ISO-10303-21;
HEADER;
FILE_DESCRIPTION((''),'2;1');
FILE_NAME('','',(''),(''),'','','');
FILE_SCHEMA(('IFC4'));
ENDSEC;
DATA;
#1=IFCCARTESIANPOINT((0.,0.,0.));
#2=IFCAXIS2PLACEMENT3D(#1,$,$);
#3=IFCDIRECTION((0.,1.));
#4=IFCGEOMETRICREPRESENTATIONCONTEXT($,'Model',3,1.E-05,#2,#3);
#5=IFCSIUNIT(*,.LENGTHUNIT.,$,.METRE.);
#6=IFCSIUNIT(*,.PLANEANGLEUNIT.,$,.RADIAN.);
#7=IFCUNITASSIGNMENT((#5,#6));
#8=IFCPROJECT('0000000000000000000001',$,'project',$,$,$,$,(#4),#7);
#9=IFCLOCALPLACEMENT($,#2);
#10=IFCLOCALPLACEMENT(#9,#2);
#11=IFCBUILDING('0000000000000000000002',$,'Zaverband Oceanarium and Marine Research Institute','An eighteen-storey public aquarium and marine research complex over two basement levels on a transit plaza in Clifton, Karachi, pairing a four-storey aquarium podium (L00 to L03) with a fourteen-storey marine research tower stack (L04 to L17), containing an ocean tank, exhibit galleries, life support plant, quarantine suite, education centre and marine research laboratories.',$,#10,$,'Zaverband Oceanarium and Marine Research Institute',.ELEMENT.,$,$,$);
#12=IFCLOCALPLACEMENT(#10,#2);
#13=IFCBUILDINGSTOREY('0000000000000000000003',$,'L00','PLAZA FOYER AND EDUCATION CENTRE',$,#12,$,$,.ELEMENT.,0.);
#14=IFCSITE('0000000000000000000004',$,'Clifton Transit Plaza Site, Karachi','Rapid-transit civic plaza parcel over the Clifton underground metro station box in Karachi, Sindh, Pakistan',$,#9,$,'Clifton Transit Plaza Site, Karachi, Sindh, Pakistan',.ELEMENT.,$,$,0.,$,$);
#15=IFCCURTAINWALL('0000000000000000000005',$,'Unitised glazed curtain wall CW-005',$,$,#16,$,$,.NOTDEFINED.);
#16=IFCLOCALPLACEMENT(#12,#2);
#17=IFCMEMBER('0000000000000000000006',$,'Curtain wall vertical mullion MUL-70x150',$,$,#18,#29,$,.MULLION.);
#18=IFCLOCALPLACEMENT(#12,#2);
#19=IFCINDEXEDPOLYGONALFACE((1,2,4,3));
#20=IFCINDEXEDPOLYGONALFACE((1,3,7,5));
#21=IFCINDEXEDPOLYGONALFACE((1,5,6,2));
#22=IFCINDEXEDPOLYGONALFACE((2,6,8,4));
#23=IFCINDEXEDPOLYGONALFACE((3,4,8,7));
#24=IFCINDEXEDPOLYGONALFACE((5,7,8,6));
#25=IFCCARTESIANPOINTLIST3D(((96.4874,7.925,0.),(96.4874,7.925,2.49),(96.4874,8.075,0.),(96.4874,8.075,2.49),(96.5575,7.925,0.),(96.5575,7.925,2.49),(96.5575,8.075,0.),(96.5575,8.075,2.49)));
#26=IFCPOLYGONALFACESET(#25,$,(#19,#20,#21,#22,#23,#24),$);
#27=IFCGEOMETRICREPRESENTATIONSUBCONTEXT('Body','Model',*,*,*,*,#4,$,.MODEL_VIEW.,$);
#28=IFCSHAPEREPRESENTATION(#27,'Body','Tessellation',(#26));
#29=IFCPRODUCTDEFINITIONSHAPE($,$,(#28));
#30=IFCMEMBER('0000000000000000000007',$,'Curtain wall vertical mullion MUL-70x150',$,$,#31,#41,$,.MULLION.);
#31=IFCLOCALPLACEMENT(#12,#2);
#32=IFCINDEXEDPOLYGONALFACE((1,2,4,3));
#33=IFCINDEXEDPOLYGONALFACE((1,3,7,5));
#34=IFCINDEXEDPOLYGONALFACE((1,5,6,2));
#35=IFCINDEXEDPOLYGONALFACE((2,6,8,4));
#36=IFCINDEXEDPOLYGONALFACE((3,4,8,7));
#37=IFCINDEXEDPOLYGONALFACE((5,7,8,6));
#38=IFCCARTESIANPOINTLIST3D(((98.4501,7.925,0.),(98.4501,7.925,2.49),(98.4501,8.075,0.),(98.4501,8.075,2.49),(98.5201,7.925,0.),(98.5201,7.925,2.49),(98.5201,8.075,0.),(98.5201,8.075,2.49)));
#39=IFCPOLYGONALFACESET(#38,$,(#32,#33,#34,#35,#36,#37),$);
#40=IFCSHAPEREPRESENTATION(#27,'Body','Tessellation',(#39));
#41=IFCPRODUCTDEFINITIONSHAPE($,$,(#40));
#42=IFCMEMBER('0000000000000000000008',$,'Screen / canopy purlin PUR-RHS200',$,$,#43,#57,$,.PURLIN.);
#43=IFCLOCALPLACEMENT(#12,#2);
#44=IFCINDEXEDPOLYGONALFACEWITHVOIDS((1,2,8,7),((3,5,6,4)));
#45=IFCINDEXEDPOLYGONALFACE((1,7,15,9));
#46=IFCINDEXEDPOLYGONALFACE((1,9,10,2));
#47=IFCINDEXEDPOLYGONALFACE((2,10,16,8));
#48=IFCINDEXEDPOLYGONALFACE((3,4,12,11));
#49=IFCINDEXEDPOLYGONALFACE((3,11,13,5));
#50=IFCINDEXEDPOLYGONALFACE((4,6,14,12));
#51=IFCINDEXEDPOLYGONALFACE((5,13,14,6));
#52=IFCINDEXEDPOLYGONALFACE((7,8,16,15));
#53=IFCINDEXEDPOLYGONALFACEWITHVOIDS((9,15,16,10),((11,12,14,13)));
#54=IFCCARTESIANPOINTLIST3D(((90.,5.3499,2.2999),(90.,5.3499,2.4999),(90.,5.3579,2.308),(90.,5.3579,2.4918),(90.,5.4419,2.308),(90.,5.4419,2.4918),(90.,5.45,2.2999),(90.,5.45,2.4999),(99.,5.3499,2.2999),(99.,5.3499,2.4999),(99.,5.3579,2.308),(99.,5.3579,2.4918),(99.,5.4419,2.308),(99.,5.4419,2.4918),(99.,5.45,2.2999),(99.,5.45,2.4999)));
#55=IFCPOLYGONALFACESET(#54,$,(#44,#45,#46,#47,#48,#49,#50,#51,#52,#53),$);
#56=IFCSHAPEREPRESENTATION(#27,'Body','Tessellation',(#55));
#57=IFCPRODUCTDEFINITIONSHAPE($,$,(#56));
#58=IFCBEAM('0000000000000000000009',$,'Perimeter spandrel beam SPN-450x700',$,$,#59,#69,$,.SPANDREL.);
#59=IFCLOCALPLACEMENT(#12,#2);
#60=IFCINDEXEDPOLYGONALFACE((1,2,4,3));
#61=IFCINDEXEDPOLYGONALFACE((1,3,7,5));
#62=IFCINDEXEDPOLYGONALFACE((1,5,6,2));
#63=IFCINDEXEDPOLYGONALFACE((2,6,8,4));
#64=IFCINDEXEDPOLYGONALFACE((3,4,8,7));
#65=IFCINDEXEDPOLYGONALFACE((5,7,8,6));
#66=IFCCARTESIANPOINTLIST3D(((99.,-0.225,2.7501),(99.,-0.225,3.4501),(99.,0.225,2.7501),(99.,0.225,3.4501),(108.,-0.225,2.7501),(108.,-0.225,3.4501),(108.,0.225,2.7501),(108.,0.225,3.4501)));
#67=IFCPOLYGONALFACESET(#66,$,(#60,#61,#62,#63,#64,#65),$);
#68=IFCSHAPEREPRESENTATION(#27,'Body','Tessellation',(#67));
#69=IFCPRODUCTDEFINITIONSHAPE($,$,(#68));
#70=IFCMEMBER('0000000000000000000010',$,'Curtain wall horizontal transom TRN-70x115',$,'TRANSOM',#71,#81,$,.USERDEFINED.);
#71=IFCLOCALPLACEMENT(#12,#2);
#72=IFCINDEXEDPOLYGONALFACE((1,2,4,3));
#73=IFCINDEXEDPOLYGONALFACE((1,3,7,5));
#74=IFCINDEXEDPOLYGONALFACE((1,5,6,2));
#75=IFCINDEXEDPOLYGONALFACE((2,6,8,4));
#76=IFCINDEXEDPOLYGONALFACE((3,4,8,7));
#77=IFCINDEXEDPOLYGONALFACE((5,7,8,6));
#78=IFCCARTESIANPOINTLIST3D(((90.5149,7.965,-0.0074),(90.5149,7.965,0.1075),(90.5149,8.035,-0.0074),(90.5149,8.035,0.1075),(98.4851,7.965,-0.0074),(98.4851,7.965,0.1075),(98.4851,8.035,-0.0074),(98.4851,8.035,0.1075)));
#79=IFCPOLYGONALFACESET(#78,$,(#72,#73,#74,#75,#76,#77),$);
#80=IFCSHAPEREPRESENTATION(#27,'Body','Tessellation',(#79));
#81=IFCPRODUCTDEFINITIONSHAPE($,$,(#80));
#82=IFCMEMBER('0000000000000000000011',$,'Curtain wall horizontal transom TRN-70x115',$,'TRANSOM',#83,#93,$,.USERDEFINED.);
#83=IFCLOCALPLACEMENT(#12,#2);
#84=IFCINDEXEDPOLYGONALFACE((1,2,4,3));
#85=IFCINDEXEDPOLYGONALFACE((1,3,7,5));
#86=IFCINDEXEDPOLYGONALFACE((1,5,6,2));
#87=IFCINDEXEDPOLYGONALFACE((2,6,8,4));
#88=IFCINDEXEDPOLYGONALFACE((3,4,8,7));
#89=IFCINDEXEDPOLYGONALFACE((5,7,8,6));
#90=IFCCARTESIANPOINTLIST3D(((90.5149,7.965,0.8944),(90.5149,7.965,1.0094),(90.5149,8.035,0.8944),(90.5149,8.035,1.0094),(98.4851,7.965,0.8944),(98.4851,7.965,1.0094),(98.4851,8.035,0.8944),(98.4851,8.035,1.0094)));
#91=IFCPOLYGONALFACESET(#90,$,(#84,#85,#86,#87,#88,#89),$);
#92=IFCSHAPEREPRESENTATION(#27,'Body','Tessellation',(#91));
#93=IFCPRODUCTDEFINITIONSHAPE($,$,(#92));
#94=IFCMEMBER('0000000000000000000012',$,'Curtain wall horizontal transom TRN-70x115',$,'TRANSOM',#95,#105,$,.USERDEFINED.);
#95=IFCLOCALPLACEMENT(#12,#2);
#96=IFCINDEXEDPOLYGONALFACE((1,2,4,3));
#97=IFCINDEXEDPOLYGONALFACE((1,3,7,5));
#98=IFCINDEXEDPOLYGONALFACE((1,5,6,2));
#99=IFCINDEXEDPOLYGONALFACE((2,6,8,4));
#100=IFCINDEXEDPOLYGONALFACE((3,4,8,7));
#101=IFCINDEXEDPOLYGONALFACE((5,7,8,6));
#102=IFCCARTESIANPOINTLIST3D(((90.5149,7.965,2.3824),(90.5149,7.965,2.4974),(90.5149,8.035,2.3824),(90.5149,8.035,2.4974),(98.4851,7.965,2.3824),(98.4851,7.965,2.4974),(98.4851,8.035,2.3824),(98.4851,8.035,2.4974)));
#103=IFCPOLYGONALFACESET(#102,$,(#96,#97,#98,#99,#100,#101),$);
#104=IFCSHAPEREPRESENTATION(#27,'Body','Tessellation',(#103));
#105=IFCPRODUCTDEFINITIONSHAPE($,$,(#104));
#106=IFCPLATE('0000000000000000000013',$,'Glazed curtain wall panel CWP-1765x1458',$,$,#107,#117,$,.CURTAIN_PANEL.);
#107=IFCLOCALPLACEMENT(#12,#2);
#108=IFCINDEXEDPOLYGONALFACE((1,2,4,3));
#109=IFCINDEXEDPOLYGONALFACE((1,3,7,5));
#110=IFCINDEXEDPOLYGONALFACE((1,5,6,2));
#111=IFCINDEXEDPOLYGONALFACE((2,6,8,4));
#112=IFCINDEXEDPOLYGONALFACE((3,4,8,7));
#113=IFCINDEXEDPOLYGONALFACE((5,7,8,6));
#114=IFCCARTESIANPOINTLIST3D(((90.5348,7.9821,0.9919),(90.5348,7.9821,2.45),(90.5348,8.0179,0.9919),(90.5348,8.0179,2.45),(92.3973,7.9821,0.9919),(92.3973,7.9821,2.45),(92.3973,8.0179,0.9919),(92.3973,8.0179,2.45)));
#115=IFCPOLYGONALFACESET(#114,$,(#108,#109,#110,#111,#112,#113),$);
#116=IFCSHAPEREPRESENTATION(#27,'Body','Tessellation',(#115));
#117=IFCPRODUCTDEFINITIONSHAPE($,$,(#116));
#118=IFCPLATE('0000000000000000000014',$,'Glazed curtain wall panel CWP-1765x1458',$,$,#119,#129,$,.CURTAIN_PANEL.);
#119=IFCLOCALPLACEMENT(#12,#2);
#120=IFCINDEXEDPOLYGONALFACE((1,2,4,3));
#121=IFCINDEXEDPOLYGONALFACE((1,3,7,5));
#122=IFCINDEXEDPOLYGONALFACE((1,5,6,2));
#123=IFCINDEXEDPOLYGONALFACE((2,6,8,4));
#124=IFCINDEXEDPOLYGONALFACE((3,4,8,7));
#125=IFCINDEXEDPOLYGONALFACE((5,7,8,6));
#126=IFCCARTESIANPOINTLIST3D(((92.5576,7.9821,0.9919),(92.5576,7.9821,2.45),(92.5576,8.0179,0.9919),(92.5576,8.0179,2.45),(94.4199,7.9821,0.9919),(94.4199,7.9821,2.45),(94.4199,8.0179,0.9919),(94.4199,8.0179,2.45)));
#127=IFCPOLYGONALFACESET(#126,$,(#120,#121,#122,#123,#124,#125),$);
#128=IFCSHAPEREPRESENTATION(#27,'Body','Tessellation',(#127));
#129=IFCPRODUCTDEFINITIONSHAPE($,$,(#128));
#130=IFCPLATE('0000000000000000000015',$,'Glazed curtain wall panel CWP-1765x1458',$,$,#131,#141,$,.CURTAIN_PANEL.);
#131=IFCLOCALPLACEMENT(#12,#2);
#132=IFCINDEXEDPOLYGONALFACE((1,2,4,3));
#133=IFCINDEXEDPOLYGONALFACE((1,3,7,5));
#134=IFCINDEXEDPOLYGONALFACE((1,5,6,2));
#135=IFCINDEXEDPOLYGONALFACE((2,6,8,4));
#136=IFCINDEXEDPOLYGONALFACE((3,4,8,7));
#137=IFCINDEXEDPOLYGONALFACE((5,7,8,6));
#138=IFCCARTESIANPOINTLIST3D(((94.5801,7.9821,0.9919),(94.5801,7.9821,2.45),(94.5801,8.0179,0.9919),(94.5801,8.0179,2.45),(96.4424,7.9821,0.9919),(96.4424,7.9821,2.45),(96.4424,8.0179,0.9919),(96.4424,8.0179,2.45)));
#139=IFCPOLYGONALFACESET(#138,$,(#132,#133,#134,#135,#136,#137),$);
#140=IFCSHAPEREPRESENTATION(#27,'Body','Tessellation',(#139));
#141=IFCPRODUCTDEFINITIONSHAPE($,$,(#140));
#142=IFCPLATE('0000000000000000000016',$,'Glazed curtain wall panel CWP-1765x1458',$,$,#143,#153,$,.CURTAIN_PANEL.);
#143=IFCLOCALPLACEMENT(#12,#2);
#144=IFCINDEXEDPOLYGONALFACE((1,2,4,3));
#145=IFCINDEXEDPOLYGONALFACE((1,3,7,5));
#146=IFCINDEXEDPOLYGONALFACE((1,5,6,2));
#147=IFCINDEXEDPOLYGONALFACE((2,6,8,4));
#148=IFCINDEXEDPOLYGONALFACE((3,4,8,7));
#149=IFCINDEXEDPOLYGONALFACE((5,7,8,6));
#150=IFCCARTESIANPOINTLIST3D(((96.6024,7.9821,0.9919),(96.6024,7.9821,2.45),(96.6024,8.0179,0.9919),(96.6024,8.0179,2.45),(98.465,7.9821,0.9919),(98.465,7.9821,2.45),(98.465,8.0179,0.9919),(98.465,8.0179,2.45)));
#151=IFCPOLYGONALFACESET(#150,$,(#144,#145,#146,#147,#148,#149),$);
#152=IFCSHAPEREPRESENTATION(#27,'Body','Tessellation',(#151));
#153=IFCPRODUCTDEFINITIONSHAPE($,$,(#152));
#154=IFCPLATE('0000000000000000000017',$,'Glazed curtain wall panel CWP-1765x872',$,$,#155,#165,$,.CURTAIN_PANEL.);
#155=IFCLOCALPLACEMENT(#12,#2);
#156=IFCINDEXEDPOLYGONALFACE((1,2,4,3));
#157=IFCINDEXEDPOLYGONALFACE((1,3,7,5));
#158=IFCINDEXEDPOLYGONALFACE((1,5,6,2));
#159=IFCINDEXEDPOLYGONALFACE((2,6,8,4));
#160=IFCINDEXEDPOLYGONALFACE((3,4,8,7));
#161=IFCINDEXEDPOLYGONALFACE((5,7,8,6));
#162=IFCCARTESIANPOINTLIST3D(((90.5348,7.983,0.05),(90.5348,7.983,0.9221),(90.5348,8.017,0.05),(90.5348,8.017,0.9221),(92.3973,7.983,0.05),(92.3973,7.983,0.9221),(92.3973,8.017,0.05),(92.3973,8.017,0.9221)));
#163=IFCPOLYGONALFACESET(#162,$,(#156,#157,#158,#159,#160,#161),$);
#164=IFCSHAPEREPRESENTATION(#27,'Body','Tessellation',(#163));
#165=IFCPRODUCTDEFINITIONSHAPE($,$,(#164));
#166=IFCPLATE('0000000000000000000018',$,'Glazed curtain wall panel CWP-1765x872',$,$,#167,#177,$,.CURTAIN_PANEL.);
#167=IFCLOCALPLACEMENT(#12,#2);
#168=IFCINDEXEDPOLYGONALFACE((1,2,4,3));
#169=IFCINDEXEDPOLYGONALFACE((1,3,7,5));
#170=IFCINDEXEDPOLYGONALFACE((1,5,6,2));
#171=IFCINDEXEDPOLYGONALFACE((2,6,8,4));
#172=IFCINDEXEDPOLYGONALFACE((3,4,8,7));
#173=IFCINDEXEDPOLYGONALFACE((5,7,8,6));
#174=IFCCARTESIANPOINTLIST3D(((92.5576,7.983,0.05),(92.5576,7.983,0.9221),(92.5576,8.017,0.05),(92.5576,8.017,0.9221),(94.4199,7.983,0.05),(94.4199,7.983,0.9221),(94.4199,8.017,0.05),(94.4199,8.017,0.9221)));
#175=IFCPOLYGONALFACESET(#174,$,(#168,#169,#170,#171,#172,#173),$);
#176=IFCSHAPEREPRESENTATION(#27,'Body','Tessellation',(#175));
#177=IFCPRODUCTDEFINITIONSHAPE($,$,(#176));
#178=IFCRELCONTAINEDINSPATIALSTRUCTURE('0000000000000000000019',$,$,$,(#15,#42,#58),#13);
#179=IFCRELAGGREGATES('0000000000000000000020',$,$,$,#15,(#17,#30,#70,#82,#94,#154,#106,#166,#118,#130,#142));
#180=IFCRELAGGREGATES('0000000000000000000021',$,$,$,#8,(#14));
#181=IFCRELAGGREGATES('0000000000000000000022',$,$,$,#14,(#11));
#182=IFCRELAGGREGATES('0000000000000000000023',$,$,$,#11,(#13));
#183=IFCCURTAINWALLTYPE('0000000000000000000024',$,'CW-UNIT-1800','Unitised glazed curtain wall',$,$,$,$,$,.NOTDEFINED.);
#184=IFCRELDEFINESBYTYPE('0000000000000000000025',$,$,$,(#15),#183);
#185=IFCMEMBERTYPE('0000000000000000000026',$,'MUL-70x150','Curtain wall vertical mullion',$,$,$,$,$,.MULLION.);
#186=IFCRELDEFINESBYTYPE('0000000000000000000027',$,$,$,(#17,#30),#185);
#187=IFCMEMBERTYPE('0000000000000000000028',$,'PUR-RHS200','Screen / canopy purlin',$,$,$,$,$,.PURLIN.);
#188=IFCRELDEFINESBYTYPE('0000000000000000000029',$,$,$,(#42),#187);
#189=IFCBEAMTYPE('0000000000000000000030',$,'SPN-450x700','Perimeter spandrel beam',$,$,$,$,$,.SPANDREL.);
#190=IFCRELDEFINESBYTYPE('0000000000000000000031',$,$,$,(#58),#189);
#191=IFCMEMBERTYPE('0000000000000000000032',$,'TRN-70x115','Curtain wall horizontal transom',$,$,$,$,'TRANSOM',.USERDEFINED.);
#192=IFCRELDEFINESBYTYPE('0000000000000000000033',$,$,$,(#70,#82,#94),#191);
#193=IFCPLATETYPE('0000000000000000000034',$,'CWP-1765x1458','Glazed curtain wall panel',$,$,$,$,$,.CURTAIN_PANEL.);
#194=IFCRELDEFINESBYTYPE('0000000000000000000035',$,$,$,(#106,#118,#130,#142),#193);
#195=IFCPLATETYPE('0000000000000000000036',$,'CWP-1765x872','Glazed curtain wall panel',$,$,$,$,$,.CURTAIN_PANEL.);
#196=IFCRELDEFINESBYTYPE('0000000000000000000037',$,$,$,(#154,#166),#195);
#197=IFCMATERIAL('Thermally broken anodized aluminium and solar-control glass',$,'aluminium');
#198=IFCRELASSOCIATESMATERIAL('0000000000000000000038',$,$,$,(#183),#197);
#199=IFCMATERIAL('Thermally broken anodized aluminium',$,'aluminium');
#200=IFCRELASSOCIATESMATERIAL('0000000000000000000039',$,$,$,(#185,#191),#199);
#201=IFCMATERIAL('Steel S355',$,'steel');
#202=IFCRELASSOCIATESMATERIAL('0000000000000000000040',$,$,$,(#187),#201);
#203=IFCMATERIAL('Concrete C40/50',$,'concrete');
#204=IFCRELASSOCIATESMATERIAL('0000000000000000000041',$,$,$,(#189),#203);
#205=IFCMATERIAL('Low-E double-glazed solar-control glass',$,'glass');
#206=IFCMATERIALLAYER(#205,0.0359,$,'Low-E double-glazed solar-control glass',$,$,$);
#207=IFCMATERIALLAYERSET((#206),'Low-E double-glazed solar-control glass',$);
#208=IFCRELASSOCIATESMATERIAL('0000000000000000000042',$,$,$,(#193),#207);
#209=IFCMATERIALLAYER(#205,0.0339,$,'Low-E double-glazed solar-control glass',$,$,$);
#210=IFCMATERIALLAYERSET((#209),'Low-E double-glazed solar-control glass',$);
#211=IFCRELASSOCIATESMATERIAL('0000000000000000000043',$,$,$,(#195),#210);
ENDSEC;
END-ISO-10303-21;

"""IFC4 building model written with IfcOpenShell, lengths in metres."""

from ifc_helpers import new_model, si_unit, direction, frame, frame_2d, origin, origin_2d, place, context, subcontext, project, spatial, rectangle, hollow_rectangle, extrude, material, layer, layer_set, material_profile, profile_set, type_object, element, aggregate, save


model = new_model("IFC4")

# Units and contexts
model_context = context("Model", 3, precision=1e-05, world=origin(), true_north=direction((0.0, 1.0)))
body_context = subcontext(model_context, "Body", "Model", "MODEL_VIEW")
ifc_project = project(units=[si_unit("LENGTHUNIT", "METRE"), si_unit("PLANEANGLEUNIT", "RADIAN")], contexts=[model_context])

# Site, building, storey
site_placement = place(None, origin())
site = spatial("IfcSite", under=ifc_project, at=site_placement, Name="Clifton Transit Plaza Site, Karachi", Description="Rapid-transit civic plaza parcel over the Clifton underground metro station box in Karachi, Sindh, Pakistan", LongName="Clifton Transit Plaza Site, Karachi, Sindh, Pakistan", CompositionType="ELEMENT", RefElevation=0.0)
building_placement = place(site_placement, origin())
building = spatial("IfcBuilding", under=site, at=building_placement, Name="Zaverband Oceanarium and Marine Research Institute", Description="An eighteen-storey public aquarium and marine research complex over two basement levels on a transit plaza in Clifton, Karachi, pairing a four-storey aquarium podium (L00 to L03) with a fourteen-storey marine research tower stack (L04 to L17), containing an ocean tank, exhibit galleries, life support plant, quarantine suite, education centre and marine research laboratories.", LongName="Zaverband Oceanarium and Marine Research Institute", CompositionType="ELEMENT")
storey_placement = place(building_placement, origin())
storey = spatial("IfcBuildingStorey", under=building, at=storey_placement, Name="L00", Description="PLAZA FOYER AND EDUCATION CENTRE", CompositionType="ELEMENT", Elevation=0.0)

# Shared definitions
ifc_material_1 = material(Name="Concrete C40/50", Category="concrete")

# Shared definitions
ifc_material_2 = material(Name="Steel S355", Category="steel")

# Curtain wall, members
ifc_material_3 = material(Name="Thermally broken anodized aluminium and solar-control glass", Category="aluminium")
curtain_wall_type = type_object("IfcCurtainWallType", Name="CW-UNIT-1800", Description="Unitised glazed curtain wall", PredefinedType="NOTDEFINED", material=ifc_material_3)
curtain_wall_placement = place(storey_placement, origin())
curtain_wall = element("IfcCurtainWall", 1, at=curtain_wall_placement, inside=storey, type_object=curtain_wall_type, Name="Unitised glazed curtain wall CW-005", PredefinedType="NOTDEFINED")
ifc_material_4 = material(Name="Thermally broken anodized aluminium", Category="aluminium")
ifc_material_profile_1 = material_profile(ifc_material_4, rectangle(XDim=0.0701, YDim=0.1499, at=origin_2d()), Name="AL-MUL-70x150")
ifc_profile_set_1 = profile_set([ifc_material_profile_1], Name="Thermally broken anodized aluminium")
member_type_1 = type_object("IfcMemberType", Name="MUL-70x150", Description="Curtain wall vertical mullion", PredefinedType="MULLION", material=ifc_profile_set_1)
member_1_placement = place(storey_placement, frame((96.5225, 8.0, 0.0), z_axis=(0.0, 0.0, 1.0), x_axis=(1.0, 0.0, 0.0)))
member_1 = element("IfcMember", 2, at=member_1_placement, type_object=member_type_1, Name="Curtain wall vertical mullion MUL-70x150", PredefinedType="MULLION", context=body_context, shape_type="SweptSolid", body=[
    extrude(rectangle(XDim=0.0701, YDim=0.1499, at=origin_2d()), origin(), (0.0, 0.0, 1.0), 2.49),
])
member_2_placement = place(storey_placement, frame((98.4851, 8.0, 0.0), z_axis=(0.0, 0.0, 1.0), x_axis=(1.0, 0.0, 0.0)))
member_2 = element("IfcMember", 3, at=member_2_placement, type_object=member_type_1, Name="Curtain wall vertical mullion MUL-70x150", PredefinedType="MULLION", context=body_context, shape_type="SweptSolid", body=[
    extrude(rectangle(XDim=0.0701, YDim=0.1499, at=origin_2d()), origin(), (0.0, 0.0, 1.0), 2.49),
])

# Member
ifc_material_profile_2 = material_profile(ifc_material_2, hollow_rectangle(XDim=0.1001, YDim=0.2, WallThickness=0.0081, at=origin_2d()), Name="RHS200x100x8")
ifc_profile_set_2 = profile_set([ifc_material_profile_2], Name="Steel S355")
member_type_2 = type_object("IfcMemberType", Name="PUR-RHS200", Description="Screen / canopy purlin", PredefinedType="PURLIN", material=ifc_profile_set_2)
member_3_placement = place(storey_placement, frame((90.0, 5.3999, 2.3999), z_axis=(1.0, 0.0, 0.0), x_axis=(0.0, 1.0, 0.0)))
element("IfcMember", 4, at=member_3_placement, inside=storey, type_object=member_type_2, Name="Screen / canopy purlin PUR-RHS200", PredefinedType="PURLIN", context=body_context, shape_type="SweptSolid", body=[
    extrude(hollow_rectangle(XDim=0.1001, YDim=0.2, WallThickness=0.0081, at=origin_2d()), origin(), (0.0, 0.0, 1.0), 9.0),
])

# Beam
ifc_material_profile_3 = material_profile(ifc_material_1, rectangle(XDim=0.45, YDim=0.7, at=origin_2d()), Name="RC450x700")
ifc_profile_set_3 = profile_set([ifc_material_profile_3], Name="Concrete C40/50")
beam_type_1 = type_object("IfcBeamType", Name="SPN-450x700", Description="Perimeter spandrel beam", PredefinedType="SPANDREL", material=ifc_profile_set_3)
beam_1_placement = place(storey_placement, frame((99.0, 0.0, 3.1001), z_axis=(1.0, 0.0, 0.0), x_axis=(0.0, 1.0, 0.0)))
element("IfcBeam", 5, at=beam_1_placement, inside=storey, type_object=beam_type_1, Name="Perimeter spandrel beam SPN-450x700", PredefinedType="SPANDREL", context=body_context, shape_type="SweptSolid", body=[
    extrude(rectangle(XDim=0.45, YDim=0.7, at=origin_2d()), origin(), (0.0, 0.0, 1.0), 9.0),
])

# Members
ifc_material_profile_4 = material_profile(ifc_material_4, rectangle(XDim=0.0701, YDim=0.115, at=origin_2d()), Name="AL-TRN-70x115")
ifc_profile_set_4 = profile_set([ifc_material_profile_4], Name="Thermally broken anodized aluminium")
member_type_3 = type_object("IfcMemberType", Name="TRN-70x115", Description="Curtain wall horizontal transom", ElementType="TRANSOM", PredefinedType="USERDEFINED", material=ifc_profile_set_4)
member_4_placement = place(storey_placement, frame((90.5149, 8.0, 0.05), z_axis=(1.0, 0.0, 0.0), x_axis=(0.0, 1.0, 0.0)))
member_4 = element("IfcMember", 6, at=member_4_placement, type_object=member_type_3, Name="Curtain wall horizontal transom TRN-70x115", ObjectType="TRANSOM", PredefinedType="USERDEFINED", context=body_context, shape_type="SweptSolid", body=[
    extrude(rectangle(XDim=0.0701, YDim=0.115, at=origin_2d()), origin(), (0.0, 0.0, 1.0), 7.9702),
])
member_5_placement = place(storey_placement, frame((90.5149, 8.0, 0.9519), z_axis=(1.0, 0.0, 0.0), x_axis=(0.0, 1.0, 0.0)))
member_5 = element("IfcMember", 7, at=member_5_placement, type_object=member_type_3, Name="Curtain wall horizontal transom TRN-70x115", ObjectType="TRANSOM", PredefinedType="USERDEFINED", context=body_context, shape_type="SweptSolid", body=[
    extrude(rectangle(XDim=0.0701, YDim=0.115, at=origin_2d()), origin(), (0.0, 0.0, 1.0), 7.9702),
])
member_6_placement = place(storey_placement, frame((90.5149, 8.0, 2.4399), z_axis=(1.0, 0.0, 0.0), x_axis=(0.0, 1.0, 0.0)))
member_6 = element("IfcMember", 8, at=member_6_placement, type_object=member_type_3, Name="Curtain wall horizontal transom TRN-70x115", ObjectType="TRANSOM", PredefinedType="USERDEFINED", context=body_context, shape_type="SweptSolid", body=[
    extrude(rectangle(XDim=0.0701, YDim=0.115, at=origin_2d()), origin(), (0.0, 0.0, 1.0), 7.9702),
])

# Plates
ifc_material_5 = material(Name="Low-E double-glazed solar-control glass", Category="glass")
ifc_layer_1 = layer(ifc_material_5, 0.0359, Name="Low-E double-glazed solar-control glass")
ifc_layer_set_1 = layer_set([ifc_layer_1], Name="Low-E double-glazed solar-control glass")
plate_type_1 = type_object("IfcPlateType", Name="CWP-1765x1458", Description="Glazed curtain wall panel", PredefinedType="CURTAIN_PANEL", material=ifc_layer_set_1)
plate_1_placement = place(storey_placement, frame((90.5349, 8.0, 0.9919), z_axis=(0.0, 0.0, 1.0), x_axis=(1.0, 0.0, 0.0)))
plate_1 = element("IfcPlate", 9, at=plate_1_placement, type_object=plate_type_1, Name="Glazed curtain wall panel CWP-1765x1458", PredefinedType="CURTAIN_PANEL", context=body_context, shape_type="SweptSolid", body=[
    extrude(rectangle(XDim=1.8625, YDim=0.0359, at=frame_2d((0.9312, 0.0))), origin(), (0.0, 0.0, 1.0), 1.458),
])
plate_2_placement = place(storey_placement, frame((92.5576, 8.0, 0.9919), z_axis=(0.0, 0.0, 1.0), x_axis=(1.0, 0.0, 0.0)))
plate_2 = element("IfcPlate", 10, at=plate_2_placement, type_object=plate_type_1, Name="Glazed curtain wall panel CWP-1765x1458", PredefinedType="CURTAIN_PANEL", context=body_context, shape_type="SweptSolid", body=[
    extrude(rectangle(XDim=1.8623, YDim=0.0359, at=frame_2d((0.9312, 0.0))), origin(), (0.0, 0.0, 1.0), 1.458),
])
plate_3_placement = place(storey_placement, frame((94.5801, 8.0, 0.9919), z_axis=(0.0, 0.0, 1.0), x_axis=(1.0, 0.0, 0.0)))
plate_3 = element("IfcPlate", 11, at=plate_3_placement, type_object=plate_type_1, Name="Glazed curtain wall panel CWP-1765x1458", PredefinedType="CURTAIN_PANEL", context=body_context, shape_type="SweptSolid", body=[
    extrude(rectangle(XDim=1.8623, YDim=0.0359, at=frame_2d((0.9312, 0.0))), origin(), (0.0, 0.0, 1.0), 1.458),
])
plate_4_placement = place(storey_placement, frame((96.6025, 8.0, 0.9919), z_axis=(0.0, 0.0, 1.0), x_axis=(1.0, 0.0, 0.0)))
plate_4 = element("IfcPlate", 12, at=plate_4_placement, type_object=plate_type_1, Name="Glazed curtain wall panel CWP-1765x1458", PredefinedType="CURTAIN_PANEL", context=body_context, shape_type="SweptSolid", body=[
    extrude(rectangle(XDim=1.8625, YDim=0.0359, at=frame_2d((0.9312, 0.0))), origin(), (0.0, 0.0, 1.0), 1.458),
])
ifc_layer_2 = layer(ifc_material_5, 0.0339, Name="Low-E double-glazed solar-control glass")
ifc_layer_set_2 = layer_set([ifc_layer_2], Name="Low-E double-glazed solar-control glass")
plate_type_2 = type_object("IfcPlateType", Name="CWP-1765x872", Description="Glazed curtain wall panel", PredefinedType="CURTAIN_PANEL", material=ifc_layer_set_2)
plate_5_placement = place(storey_placement, frame((90.5349, 8.0, 0.05), z_axis=(0.0, 0.0, 1.0), x_axis=(1.0, 0.0, 0.0)))
plate_5 = element("IfcPlate", 13, at=plate_5_placement, type_object=plate_type_2, Name="Glazed curtain wall panel CWP-1765x872", PredefinedType="CURTAIN_PANEL", context=body_context, shape_type="SweptSolid", body=[
    extrude(rectangle(XDim=1.8625, YDim=0.0339, at=frame_2d((0.9312, 0.0))), origin(), (0.0, 0.0, 1.0), 0.8721),
])
plate_6_placement = place(storey_placement, frame((92.5576, 8.0, 0.05), z_axis=(0.0, 0.0, 1.0), x_axis=(1.0, 0.0, 0.0)))
plate_6 = element("IfcPlate", 14, at=plate_6_placement, type_object=plate_type_2, Name="Glazed curtain wall panel CWP-1765x872", PredefinedType="CURTAIN_PANEL", context=body_context, shape_type="SweptSolid", body=[
    extrude(rectangle(XDim=1.8623, YDim=0.0339, at=frame_2d((0.9312, 0.0))), origin(), (0.0, 0.0, 1.0), 0.8721),
])
aggregate(curtain_wall, [member_1, member_2, member_4, member_5, member_6, plate_5, plate_1, plate_6, plate_2, plate_3, plate_4])

save(model, "model.ifc")
